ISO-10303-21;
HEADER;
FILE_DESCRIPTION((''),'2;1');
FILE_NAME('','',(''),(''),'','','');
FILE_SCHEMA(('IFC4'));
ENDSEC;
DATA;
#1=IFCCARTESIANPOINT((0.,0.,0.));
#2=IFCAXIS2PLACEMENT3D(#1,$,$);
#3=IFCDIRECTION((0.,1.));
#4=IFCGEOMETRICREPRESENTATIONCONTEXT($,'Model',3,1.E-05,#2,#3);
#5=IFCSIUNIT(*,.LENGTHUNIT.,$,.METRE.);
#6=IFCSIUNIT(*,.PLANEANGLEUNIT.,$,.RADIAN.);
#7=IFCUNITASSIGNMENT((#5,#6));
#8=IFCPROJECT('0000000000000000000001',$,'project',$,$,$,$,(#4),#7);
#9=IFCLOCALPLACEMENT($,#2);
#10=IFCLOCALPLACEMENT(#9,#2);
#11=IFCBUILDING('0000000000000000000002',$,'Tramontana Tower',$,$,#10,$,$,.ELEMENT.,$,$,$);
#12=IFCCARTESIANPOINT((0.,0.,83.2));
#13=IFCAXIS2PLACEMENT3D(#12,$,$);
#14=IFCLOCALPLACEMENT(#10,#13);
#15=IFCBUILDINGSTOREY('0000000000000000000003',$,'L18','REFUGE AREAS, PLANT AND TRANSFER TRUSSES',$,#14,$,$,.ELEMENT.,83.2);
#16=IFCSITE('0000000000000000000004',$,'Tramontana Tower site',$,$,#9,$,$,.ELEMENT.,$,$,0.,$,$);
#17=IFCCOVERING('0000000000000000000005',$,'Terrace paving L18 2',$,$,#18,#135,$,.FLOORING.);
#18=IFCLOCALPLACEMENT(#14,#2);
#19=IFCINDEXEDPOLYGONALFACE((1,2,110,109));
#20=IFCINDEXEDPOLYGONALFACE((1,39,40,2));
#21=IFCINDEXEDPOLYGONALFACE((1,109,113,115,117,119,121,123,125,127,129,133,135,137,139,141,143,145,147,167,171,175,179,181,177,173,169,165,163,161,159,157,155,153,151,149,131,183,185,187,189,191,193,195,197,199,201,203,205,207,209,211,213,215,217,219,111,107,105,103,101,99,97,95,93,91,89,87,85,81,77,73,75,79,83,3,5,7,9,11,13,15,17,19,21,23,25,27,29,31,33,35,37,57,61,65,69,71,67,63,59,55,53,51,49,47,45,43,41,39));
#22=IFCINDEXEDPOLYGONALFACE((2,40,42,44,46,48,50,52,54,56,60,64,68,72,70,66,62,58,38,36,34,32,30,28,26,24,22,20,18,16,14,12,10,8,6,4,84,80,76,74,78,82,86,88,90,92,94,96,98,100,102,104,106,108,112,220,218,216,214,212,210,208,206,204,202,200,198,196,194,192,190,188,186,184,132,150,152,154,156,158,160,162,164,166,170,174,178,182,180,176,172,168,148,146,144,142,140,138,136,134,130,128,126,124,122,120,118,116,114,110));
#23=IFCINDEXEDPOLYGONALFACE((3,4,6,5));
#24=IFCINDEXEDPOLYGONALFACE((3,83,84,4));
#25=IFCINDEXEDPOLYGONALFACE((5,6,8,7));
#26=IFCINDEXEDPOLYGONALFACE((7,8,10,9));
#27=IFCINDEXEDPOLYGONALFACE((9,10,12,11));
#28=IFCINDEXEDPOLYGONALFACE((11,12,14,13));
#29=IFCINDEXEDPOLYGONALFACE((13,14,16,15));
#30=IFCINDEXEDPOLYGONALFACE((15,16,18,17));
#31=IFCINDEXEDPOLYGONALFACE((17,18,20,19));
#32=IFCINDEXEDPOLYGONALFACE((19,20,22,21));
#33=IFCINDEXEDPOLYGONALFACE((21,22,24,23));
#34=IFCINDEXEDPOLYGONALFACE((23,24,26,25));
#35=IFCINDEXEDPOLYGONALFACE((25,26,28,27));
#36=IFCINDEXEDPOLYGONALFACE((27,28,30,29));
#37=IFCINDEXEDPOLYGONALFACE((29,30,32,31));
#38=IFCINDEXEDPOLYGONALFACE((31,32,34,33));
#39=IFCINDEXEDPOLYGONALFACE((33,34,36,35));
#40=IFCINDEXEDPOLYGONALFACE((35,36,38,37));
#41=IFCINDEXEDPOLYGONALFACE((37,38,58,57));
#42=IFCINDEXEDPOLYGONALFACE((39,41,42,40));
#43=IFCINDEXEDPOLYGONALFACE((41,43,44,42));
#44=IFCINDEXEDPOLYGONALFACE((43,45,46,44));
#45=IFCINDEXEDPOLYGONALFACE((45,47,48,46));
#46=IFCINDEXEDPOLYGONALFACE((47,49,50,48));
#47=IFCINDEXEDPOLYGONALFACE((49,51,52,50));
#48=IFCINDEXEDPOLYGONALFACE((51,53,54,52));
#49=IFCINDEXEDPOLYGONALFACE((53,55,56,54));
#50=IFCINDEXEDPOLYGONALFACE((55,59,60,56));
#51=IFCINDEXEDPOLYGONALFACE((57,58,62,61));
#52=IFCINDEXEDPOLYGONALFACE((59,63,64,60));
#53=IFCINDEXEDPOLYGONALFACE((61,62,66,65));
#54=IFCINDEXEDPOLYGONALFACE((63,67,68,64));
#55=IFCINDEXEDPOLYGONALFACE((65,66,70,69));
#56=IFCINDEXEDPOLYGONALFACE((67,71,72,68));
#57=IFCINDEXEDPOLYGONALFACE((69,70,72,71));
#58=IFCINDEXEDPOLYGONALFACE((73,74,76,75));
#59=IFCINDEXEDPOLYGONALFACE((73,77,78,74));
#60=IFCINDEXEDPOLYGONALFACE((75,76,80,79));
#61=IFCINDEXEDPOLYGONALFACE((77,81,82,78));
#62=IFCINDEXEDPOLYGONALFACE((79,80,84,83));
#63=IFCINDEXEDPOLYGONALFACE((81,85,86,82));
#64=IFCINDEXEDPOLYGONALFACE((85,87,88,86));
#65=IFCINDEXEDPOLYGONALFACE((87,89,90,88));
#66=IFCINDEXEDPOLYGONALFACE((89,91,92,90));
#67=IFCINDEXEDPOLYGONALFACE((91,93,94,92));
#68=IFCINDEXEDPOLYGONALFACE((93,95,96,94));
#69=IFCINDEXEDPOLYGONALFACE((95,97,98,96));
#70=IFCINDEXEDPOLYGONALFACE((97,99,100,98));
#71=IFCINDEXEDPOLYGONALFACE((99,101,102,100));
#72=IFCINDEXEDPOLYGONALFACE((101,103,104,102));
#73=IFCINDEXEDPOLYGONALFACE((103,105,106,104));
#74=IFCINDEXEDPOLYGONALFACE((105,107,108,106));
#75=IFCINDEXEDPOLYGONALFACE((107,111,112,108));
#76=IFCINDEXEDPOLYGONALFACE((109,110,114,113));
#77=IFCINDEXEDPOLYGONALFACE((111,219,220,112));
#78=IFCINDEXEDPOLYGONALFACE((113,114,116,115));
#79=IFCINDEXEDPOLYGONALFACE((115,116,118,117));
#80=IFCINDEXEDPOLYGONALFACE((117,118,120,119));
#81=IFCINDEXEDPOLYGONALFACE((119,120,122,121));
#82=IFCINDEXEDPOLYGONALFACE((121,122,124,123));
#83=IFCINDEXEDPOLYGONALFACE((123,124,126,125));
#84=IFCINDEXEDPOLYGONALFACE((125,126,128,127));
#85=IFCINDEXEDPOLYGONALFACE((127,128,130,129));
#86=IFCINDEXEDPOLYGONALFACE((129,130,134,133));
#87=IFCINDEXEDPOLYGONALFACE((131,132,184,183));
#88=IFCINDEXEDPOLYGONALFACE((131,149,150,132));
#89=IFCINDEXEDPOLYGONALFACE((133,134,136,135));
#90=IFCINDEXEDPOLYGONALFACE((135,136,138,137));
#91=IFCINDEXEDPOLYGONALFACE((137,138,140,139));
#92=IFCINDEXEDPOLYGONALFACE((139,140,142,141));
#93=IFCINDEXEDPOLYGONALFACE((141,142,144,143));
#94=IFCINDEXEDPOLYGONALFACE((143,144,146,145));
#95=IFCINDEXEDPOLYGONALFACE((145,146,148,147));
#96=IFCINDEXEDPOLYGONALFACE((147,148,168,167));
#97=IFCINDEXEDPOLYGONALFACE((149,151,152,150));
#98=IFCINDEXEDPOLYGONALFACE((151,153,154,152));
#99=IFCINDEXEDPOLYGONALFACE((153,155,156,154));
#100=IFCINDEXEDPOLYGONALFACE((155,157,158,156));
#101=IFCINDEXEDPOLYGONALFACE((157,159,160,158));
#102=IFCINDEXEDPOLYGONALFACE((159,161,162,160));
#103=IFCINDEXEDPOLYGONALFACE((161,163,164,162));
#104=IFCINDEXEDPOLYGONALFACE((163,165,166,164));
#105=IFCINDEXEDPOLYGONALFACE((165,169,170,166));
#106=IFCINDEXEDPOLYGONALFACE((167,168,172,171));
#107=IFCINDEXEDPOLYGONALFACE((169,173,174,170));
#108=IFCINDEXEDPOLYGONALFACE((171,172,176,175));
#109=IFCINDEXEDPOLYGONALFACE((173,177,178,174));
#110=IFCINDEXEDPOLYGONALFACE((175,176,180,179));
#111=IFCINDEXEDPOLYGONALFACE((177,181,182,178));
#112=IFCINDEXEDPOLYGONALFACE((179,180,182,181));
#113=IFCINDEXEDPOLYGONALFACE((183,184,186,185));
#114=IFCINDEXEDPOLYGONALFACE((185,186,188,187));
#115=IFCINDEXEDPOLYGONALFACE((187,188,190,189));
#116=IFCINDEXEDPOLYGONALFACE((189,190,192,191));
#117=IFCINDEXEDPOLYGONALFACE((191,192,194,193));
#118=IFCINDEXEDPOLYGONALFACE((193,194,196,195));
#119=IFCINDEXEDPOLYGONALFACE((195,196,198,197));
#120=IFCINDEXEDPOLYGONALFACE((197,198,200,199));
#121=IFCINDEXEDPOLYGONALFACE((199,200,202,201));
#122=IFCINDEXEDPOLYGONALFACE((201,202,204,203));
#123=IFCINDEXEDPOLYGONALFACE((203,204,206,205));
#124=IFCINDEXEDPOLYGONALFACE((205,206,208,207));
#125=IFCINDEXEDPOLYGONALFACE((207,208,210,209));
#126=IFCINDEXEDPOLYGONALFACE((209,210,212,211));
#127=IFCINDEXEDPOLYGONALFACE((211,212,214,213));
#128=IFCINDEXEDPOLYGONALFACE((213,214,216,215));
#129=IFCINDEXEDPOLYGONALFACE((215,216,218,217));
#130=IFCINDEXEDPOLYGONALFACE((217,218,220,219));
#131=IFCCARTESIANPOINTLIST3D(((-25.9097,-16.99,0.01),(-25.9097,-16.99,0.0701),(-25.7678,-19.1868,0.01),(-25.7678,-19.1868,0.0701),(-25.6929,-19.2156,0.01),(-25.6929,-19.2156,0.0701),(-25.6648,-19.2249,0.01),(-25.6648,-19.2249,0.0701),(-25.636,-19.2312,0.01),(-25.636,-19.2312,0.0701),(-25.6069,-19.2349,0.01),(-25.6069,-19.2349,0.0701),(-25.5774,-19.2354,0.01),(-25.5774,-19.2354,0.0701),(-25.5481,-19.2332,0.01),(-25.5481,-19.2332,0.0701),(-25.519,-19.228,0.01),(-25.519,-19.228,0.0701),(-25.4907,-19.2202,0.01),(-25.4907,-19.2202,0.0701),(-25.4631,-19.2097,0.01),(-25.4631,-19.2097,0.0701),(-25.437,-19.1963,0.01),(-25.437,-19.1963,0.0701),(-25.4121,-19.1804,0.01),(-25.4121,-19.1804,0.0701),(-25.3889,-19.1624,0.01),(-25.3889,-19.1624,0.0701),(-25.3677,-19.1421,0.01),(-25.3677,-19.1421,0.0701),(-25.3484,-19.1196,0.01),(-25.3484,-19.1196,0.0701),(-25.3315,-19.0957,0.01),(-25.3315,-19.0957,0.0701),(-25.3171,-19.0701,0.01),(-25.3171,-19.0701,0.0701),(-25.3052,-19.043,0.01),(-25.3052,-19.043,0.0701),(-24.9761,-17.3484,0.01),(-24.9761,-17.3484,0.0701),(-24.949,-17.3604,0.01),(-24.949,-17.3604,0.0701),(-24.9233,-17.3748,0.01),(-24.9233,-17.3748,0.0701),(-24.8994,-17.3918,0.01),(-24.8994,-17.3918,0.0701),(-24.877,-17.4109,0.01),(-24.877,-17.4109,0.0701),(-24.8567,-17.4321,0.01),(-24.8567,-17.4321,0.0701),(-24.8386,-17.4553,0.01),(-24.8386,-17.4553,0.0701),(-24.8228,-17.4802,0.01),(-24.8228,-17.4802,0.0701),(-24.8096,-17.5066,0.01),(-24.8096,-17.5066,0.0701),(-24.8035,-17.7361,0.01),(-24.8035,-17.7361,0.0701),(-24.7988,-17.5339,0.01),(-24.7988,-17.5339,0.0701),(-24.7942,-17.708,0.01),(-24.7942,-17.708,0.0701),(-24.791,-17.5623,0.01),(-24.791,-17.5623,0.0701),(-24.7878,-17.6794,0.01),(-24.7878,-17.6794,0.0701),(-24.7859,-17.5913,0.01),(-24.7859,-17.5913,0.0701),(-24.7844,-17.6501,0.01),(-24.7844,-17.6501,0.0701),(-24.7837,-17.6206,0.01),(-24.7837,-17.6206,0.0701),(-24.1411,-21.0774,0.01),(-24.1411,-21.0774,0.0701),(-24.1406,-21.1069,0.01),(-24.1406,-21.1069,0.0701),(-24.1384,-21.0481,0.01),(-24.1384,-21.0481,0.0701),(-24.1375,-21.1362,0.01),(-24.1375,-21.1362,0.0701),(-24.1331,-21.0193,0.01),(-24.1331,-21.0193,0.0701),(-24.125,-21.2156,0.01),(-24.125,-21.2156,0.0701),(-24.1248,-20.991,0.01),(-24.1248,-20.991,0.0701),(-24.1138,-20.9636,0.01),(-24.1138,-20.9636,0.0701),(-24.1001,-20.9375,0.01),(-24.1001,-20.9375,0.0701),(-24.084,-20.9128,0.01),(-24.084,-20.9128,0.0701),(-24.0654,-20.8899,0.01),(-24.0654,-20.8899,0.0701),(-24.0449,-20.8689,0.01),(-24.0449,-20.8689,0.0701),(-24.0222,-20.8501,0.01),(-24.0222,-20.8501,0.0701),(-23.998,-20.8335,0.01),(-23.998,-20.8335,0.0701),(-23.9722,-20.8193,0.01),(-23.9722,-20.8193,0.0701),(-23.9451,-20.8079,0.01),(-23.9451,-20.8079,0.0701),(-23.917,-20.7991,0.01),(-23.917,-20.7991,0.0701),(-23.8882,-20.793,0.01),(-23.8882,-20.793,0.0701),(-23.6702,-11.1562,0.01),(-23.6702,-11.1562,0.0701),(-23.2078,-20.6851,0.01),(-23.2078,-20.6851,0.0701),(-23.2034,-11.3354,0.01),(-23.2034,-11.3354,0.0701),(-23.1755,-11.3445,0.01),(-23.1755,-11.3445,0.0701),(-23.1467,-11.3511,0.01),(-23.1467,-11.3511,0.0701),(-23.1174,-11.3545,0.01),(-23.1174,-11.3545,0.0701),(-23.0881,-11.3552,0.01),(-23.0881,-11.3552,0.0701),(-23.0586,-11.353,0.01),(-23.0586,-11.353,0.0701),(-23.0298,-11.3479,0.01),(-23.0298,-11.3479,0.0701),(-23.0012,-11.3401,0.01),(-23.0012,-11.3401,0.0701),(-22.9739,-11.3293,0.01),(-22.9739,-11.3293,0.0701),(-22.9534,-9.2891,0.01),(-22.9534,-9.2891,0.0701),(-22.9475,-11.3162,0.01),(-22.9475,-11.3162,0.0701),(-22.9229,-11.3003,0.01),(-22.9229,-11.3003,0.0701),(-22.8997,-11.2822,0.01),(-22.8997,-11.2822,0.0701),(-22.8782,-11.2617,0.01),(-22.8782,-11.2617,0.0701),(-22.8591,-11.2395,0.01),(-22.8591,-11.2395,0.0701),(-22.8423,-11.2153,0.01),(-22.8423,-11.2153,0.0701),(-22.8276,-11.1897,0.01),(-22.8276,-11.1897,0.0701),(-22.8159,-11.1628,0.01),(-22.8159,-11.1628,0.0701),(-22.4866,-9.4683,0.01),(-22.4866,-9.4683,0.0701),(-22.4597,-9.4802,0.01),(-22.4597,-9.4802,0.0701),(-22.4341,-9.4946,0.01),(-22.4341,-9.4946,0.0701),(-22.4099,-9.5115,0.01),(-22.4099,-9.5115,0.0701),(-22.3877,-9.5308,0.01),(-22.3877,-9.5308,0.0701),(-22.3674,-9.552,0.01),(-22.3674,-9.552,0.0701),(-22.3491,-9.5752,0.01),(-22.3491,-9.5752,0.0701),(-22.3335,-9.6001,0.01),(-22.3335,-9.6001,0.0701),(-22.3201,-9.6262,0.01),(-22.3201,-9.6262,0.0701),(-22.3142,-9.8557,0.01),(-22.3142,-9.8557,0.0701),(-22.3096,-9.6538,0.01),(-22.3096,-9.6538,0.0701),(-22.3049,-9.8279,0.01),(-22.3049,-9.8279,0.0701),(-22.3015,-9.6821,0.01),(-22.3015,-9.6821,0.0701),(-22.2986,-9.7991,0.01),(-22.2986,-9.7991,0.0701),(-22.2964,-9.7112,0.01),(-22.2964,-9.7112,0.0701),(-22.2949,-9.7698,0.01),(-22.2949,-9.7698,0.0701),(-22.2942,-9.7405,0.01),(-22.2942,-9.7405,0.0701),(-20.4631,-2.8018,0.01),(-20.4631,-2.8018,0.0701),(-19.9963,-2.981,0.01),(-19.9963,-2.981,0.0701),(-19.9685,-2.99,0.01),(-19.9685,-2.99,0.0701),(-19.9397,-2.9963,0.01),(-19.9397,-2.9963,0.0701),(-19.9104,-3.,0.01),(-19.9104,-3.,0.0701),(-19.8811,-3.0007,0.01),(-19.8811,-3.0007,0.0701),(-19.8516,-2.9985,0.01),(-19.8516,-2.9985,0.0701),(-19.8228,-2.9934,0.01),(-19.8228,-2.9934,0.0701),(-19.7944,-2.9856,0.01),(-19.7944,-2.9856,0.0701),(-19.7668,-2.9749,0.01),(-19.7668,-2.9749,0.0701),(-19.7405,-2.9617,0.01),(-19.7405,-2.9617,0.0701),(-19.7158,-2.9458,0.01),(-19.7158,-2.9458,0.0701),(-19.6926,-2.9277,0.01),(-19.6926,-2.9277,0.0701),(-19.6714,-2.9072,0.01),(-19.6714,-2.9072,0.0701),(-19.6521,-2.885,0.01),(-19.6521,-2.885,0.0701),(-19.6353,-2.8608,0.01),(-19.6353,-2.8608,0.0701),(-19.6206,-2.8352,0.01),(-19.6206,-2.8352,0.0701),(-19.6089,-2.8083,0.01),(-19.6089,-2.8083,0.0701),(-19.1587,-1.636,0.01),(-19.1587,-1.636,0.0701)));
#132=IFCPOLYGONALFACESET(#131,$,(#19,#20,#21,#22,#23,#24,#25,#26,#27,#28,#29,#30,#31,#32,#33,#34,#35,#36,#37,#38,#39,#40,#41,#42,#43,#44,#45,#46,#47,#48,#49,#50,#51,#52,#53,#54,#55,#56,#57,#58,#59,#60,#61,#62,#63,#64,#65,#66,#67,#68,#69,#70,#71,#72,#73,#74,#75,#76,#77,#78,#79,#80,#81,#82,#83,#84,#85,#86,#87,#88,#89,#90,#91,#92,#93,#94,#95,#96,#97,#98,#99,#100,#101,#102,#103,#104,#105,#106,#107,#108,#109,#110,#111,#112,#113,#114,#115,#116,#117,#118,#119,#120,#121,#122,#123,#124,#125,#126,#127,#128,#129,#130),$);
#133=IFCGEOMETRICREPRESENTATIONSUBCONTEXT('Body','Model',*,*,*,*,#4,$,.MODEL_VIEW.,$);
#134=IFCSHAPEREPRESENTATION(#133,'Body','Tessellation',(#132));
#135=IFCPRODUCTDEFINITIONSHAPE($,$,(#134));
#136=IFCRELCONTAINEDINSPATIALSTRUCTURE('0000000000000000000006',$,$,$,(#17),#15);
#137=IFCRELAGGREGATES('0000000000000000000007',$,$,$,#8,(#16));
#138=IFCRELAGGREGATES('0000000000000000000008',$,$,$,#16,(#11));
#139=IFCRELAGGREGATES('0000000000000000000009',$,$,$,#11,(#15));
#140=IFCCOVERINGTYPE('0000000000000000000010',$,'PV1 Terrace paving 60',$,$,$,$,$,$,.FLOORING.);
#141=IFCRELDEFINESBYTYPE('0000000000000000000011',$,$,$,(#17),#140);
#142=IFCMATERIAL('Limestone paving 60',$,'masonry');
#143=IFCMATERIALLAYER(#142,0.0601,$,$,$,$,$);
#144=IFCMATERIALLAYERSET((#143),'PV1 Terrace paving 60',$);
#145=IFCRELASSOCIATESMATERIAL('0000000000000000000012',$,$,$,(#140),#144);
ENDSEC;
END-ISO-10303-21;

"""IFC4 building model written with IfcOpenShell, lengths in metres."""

from ifc_helpers import new_model, si_unit, direction, frame, origin, place, context, subcontext, project, spatial, polyline, outline, extrude, material, layer, layer_set, type_object, element, save


model = new_model("IFC4")

# Units and contexts
model_context = context("Model", 3, precision=1e-05, world=origin(), true_north=direction((0.0, 1.0)))
body_context = subcontext(model_context, "Body", "Model", "MODEL_VIEW")
ifc_project = project(units=[si_unit("LENGTHUNIT", "METRE"), si_unit("PLANEANGLEUNIT", "RADIAN")], contexts=[model_context])

# Site, building, storey
site_placement = place(None, origin())
site = spatial("IfcSite", under=ifc_project, at=site_placement, Name="Tramontana Tower site", CompositionType="ELEMENT", RefElevation=0.0)
building_placement = place(site_placement, origin())
building = spatial("IfcBuilding", under=site, at=building_placement, Name="Tramontana Tower", CompositionType="ELEMENT")
storey_placement = place(building_placement, frame((0.0, 0.0, 83.2)))
storey = spatial("IfcBuildingStorey", under=building, at=storey_placement, Name="L18", Description="REFUGE AREAS, PLANT AND TRANSFER TRUSSES", CompositionType="ELEMENT", Elevation=83.2)

# Covering
ifc_material_1 = material(Name="Limestone paving 60", Category="masonry")
ifc_layer_1 = layer(ifc_material_1, 0.0601)
ifc_layer_set_1 = layer_set([ifc_layer_1], Name="PV1 Terrace paving 60")
covering_type_1 = type_object("IfcCoveringType", Name="PV1 Terrace paving 60", PredefinedType="FLOORING", material=ifc_layer_set_1)
covering_1_placement = place(storey_placement, frame((0.0, 0.0, 0.01)))
element("IfcCovering", 1, at=covering_1_placement, inside=storey, type_object=covering_type_1, Name="Terrace paving L18 2", PredefinedType="FLOORING", context=body_context, shape_type="SweptSolid", body=[
    extrude(outline(polyline([(-25.7678, -19.1868), (-25.6929, -19.2156), (-25.6648, -19.2249), (-25.636, -19.2312), (-25.6069, -19.2349), (-25.5774, -19.2354), (-25.5481, -19.2332), (-25.519, -19.228), (-25.4907, -19.2202), (-25.4631, -19.2097), (-25.437, -19.1963), (-25.4121, -19.1804), (-25.3889, -19.1624), (-25.3677, -19.1421), (-25.3484, -19.1196), (-25.3315, -19.0957), (-25.3171, -19.0701), (-25.3052, -19.043), (-24.8035, -17.7361), (-24.7942, -17.708), (-24.7878, -17.6794), (-24.7844, -17.6501), (-24.7837, -17.6206), (-24.7859, -17.5913), (-24.791, -17.5623), (-24.7988, -17.5339), (-24.8096, -17.5066), (-24.8228, -17.4802), (-24.8386, -17.4553), (-24.8567, -17.4321), (-24.877, -17.4109), (-24.8994, -17.3918), (-24.9233, -17.3748), (-24.949, -17.3604), (-24.9761, -17.3484), (-25.9097, -16.99), (-23.6702, -11.1562), (-23.2034, -11.3354), (-23.1755, -11.3445), (-23.1467, -11.3511), (-23.1174, -11.3545), (-23.0881, -11.3552), (-23.0586, -11.353), (-23.0298, -11.3479), (-23.0012, -11.3401), (-22.9739, -11.3293), (-22.9475, -11.3162), (-22.9229, -11.3003), (-22.8997, -11.2822), (-22.8782, -11.2617), (-22.8591, -11.2395), (-22.8423, -11.2153), (-22.8276, -11.1897), (-22.8159, -11.1628), (-22.3142, -9.8557), (-22.3049, -9.8279), (-22.2986, -9.7991), (-22.2949, -9.7698), (-22.2942, -9.7405), (-22.2964, -9.7112), (-22.3015, -9.6821), (-22.3096, -9.6538), (-22.3201, -9.6262), (-22.3335, -9.6001), (-22.3491, -9.5752), (-22.3674, -9.552), (-22.3877, -9.5308), (-22.4099, -9.5115), (-22.4341, -9.4946), (-22.4597, -9.4802), (-22.4866, -9.4683), (-22.9534, -9.2891), (-20.4631, -2.8018), (-19.9963, -2.981), (-19.9685, -2.99), (-19.9397, -2.9963), (-19.9104, -3.0), (-19.8811, -3.0007), (-19.8516, -2.9985), (-19.8228, -2.9934), (-19.7944, -2.9856), (-19.7668, -2.9749), (-19.7405, -2.9617), (-19.7158, -2.9458), (-19.6926, -2.9277), (-19.6714, -2.9072), (-19.6521, -2.885), (-19.6353, -2.8608), (-19.6206, -2.8352), (-19.6089, -2.8083), (-19.1587, -1.636), (-23.2078, -20.6851), (-23.8882, -20.793), (-23.917, -20.7991), (-23.9451, -20.8079), (-23.9722, -20.8193), (-23.998, -20.8335), (-24.0222, -20.8501), (-24.0449, -20.8689), (-24.0654, -20.8899), (-24.084, -20.9128), (-24.1001, -20.9375), (-24.1138, -20.9636), (-24.1248, -20.991), (-24.1331, -21.0193), (-24.1384, -21.0481), (-24.1411, -21.0774), (-24.1406, -21.1069), (-24.1375, -21.1362), (-24.125, -21.2156), (-25.7678, -19.1868)])), origin(), (0.0, 0.0, 1.0), 0.0601),
])

save(model, "model.ifc")
